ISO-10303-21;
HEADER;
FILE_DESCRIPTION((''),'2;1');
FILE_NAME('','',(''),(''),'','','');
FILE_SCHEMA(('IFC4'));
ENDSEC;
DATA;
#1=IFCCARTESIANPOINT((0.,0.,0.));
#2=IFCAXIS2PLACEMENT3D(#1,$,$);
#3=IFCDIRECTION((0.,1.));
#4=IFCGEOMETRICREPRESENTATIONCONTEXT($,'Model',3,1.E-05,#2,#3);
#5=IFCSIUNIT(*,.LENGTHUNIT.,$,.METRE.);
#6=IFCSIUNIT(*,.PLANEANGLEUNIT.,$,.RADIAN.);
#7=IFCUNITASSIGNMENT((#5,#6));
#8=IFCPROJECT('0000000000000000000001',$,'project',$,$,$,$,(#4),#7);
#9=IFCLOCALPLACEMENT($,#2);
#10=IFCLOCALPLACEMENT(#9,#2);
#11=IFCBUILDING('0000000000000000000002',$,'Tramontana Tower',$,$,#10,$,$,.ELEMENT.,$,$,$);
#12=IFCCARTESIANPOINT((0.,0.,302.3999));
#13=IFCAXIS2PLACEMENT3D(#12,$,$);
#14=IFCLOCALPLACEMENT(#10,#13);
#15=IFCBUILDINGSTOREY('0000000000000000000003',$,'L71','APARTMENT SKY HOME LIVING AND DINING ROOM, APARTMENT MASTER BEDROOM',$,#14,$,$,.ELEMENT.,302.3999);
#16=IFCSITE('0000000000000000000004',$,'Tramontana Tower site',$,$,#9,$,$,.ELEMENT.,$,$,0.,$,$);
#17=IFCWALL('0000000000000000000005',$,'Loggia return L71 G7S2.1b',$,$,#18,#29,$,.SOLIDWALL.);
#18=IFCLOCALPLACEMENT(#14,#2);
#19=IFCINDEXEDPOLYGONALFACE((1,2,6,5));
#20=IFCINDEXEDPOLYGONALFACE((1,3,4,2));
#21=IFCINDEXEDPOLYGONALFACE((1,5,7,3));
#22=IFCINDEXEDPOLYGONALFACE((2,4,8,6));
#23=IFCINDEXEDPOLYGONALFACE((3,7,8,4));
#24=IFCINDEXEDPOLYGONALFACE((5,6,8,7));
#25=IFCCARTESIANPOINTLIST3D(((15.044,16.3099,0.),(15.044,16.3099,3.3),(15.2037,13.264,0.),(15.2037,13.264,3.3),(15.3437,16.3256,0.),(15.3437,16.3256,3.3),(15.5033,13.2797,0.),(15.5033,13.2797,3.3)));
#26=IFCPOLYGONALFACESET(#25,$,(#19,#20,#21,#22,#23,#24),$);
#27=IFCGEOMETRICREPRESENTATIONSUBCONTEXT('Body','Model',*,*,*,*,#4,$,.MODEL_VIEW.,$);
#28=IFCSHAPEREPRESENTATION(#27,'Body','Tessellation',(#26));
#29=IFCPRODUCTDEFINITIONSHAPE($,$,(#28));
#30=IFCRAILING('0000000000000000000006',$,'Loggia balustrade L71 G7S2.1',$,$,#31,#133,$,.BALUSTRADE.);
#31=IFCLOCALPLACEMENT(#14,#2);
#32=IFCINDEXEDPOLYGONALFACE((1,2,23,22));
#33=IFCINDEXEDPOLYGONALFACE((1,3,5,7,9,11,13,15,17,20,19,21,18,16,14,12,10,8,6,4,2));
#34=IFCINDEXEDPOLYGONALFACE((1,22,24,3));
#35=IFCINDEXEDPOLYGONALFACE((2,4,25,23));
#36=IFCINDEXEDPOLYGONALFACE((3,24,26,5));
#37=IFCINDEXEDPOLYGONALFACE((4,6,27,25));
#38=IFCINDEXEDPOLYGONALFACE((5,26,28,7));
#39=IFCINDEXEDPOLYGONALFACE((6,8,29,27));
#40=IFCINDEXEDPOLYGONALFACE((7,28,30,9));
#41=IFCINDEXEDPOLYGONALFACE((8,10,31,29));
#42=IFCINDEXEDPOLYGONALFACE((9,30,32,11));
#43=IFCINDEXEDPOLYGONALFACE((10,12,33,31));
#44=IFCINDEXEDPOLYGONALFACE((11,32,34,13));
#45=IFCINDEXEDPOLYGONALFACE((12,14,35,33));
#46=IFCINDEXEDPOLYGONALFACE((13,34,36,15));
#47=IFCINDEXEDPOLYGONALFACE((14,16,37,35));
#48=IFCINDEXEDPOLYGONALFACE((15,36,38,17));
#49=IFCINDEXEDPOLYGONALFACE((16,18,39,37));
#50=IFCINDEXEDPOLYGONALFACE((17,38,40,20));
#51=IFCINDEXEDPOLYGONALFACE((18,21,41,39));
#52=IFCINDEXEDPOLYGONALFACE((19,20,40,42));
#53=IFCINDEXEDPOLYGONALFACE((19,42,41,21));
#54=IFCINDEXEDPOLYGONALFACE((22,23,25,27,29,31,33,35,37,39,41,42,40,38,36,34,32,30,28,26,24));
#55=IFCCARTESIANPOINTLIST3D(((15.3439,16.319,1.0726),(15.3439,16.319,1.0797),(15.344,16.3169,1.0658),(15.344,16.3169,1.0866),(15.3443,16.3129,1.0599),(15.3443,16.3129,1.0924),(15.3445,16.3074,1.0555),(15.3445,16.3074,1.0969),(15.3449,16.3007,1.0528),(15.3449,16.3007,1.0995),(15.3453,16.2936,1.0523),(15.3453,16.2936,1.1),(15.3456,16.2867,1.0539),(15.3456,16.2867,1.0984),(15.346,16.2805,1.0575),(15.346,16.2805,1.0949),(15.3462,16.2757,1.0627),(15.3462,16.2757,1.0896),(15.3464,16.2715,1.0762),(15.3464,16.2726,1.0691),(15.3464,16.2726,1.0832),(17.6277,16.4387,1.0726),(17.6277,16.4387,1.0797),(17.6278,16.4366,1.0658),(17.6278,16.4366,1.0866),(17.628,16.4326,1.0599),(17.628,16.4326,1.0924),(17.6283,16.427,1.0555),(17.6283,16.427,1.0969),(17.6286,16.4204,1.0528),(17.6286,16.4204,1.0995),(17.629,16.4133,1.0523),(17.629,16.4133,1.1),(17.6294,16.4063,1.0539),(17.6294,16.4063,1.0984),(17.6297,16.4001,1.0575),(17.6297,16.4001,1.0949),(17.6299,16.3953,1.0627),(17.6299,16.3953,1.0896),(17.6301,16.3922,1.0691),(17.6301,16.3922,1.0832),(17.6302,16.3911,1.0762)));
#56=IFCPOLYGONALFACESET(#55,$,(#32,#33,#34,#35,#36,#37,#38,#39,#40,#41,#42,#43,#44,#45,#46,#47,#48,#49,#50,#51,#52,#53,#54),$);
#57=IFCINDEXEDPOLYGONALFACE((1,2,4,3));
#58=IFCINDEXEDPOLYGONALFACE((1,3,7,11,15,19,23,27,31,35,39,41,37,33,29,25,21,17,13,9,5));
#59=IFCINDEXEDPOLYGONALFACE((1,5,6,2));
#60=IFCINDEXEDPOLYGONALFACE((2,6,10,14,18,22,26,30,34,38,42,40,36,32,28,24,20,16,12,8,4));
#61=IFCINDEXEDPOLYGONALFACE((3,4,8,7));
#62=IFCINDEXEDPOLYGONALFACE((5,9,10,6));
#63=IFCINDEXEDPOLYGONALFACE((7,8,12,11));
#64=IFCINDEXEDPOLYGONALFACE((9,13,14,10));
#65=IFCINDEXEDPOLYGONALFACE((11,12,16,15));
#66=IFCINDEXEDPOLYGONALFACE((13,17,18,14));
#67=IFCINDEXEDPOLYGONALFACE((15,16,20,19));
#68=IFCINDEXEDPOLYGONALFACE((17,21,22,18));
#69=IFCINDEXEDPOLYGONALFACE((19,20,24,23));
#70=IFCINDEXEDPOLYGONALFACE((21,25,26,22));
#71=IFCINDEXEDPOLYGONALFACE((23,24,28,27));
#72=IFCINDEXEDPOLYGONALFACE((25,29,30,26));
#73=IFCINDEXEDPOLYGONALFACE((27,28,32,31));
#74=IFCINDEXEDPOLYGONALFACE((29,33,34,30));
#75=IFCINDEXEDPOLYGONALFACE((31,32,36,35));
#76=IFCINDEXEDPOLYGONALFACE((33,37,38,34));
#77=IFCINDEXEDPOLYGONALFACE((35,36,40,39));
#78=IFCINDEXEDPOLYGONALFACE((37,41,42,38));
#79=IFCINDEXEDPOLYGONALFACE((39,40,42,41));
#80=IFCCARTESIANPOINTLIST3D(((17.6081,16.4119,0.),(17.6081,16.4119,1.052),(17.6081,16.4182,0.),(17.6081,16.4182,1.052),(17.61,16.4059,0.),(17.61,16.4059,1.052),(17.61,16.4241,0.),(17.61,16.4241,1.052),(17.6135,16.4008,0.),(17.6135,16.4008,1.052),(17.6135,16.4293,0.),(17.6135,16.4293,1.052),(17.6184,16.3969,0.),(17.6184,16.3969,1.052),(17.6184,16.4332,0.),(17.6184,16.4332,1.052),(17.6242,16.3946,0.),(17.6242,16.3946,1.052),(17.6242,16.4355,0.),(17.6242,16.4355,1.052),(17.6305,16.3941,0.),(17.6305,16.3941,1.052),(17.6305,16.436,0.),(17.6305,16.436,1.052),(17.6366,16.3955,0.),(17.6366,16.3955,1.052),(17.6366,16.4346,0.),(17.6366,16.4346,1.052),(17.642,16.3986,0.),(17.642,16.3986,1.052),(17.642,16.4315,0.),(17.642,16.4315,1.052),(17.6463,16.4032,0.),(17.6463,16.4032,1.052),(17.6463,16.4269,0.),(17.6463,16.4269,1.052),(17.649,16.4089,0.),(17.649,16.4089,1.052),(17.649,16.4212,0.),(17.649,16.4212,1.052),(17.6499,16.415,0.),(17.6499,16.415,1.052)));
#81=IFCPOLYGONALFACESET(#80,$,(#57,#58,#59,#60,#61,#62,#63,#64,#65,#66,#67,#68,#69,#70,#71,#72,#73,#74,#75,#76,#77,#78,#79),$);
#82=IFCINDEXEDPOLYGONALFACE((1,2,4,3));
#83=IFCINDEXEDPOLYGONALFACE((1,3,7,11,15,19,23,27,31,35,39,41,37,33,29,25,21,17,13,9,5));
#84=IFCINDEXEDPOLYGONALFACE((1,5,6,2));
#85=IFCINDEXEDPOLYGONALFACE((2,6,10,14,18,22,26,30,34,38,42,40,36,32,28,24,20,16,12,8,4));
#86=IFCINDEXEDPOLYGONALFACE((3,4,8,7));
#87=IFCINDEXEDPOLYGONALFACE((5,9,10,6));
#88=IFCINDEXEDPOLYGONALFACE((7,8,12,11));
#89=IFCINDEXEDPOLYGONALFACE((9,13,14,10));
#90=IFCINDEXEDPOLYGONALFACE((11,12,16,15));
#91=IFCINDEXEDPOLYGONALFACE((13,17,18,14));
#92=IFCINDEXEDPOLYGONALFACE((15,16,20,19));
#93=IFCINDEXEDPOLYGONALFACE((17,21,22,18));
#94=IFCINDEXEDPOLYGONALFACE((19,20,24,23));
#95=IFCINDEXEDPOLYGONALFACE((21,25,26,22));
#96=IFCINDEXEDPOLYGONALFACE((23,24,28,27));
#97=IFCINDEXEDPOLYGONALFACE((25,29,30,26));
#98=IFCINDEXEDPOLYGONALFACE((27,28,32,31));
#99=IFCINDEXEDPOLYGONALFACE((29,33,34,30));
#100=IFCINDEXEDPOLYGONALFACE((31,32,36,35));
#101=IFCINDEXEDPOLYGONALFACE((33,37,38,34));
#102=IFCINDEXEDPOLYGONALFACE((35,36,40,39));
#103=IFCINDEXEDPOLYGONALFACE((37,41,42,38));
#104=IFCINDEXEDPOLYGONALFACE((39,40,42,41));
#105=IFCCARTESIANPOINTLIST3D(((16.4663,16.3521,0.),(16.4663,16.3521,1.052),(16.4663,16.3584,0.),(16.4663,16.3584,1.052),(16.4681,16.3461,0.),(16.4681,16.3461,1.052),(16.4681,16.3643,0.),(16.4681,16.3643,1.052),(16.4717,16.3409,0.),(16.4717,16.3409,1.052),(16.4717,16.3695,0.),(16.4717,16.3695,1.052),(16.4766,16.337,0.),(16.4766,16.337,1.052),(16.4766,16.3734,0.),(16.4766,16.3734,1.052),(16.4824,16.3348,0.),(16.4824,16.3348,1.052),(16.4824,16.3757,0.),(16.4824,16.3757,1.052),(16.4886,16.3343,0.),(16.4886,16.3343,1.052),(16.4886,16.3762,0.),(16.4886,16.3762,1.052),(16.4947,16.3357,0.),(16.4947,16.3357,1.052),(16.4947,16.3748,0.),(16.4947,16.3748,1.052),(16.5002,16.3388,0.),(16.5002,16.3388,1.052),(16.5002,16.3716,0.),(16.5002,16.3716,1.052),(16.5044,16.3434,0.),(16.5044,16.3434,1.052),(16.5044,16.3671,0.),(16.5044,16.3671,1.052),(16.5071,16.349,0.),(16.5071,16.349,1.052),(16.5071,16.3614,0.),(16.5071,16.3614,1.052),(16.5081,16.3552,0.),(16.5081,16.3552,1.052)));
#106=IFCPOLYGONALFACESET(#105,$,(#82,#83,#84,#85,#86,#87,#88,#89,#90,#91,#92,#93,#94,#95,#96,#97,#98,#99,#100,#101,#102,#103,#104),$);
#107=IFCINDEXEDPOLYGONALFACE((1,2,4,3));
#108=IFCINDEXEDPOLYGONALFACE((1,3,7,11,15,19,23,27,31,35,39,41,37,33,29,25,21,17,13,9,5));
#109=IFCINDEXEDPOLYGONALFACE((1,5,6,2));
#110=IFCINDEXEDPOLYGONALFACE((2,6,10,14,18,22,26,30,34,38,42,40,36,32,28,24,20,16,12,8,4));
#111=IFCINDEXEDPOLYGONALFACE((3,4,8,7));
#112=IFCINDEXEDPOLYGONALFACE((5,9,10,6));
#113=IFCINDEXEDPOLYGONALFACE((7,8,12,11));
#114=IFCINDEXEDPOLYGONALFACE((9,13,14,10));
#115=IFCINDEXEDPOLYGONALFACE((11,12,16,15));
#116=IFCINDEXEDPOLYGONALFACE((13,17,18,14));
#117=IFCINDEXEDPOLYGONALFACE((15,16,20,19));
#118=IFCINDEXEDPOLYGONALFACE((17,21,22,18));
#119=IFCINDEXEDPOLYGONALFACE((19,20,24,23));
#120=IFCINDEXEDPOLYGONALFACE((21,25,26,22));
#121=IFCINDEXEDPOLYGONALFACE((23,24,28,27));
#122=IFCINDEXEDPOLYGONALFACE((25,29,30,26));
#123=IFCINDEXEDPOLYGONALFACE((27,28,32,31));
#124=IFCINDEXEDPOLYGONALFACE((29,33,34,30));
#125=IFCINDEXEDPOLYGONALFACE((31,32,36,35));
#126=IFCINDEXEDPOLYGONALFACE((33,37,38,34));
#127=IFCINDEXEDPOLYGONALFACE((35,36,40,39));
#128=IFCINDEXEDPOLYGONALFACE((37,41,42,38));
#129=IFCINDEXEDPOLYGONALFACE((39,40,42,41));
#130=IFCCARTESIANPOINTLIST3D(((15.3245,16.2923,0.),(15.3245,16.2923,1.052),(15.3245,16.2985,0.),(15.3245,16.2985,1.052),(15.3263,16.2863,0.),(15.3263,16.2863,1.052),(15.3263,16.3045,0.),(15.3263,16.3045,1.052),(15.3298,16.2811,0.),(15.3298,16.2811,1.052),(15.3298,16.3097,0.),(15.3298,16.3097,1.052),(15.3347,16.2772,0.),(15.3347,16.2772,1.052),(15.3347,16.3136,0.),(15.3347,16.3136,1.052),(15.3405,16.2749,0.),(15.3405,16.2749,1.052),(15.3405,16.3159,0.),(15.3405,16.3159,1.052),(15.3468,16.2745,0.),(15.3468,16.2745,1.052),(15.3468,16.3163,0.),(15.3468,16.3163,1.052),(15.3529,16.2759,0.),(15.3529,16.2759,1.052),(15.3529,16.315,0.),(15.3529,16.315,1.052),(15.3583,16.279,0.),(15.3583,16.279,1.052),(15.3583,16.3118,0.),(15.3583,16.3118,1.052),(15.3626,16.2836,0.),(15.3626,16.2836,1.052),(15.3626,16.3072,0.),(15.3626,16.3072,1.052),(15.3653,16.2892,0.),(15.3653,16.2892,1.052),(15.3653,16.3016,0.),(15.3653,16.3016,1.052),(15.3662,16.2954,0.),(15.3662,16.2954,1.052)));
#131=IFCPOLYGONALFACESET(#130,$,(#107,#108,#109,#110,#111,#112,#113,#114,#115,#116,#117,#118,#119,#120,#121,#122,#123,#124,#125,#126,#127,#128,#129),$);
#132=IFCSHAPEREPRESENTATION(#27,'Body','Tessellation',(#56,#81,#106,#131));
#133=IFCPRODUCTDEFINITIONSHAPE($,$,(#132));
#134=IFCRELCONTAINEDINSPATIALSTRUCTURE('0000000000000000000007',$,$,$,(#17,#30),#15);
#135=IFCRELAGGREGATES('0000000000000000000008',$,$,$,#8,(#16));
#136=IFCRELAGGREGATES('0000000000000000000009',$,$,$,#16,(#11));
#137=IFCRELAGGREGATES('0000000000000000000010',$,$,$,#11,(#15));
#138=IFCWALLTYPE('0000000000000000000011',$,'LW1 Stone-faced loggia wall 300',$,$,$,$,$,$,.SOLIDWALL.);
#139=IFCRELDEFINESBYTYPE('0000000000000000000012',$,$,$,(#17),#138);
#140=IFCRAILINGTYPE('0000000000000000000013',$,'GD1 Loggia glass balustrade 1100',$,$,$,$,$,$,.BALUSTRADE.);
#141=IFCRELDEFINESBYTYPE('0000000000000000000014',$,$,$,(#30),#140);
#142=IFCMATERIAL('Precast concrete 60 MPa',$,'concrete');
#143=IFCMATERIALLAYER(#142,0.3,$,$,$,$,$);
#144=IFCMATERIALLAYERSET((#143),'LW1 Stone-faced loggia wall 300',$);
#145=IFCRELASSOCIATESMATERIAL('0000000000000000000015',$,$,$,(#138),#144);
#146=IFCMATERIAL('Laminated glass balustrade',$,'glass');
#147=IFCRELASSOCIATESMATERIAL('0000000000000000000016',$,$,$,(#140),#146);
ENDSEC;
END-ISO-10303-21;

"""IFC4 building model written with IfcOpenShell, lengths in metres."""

from ifc_helpers import new_model, si_unit, direction, frame, frame_2d, origin, origin_2d, place, context, subcontext, project, spatial, rectangle, circle, extrude, material, layer, layer_set, type_object, element, save


model = new_model("IFC4")

# Units and contexts
model_context = context("Model", 3, precision=1e-05, world=origin(), true_north=direction((0.0, 1.0)))
body_context = subcontext(model_context, "Body", "Model", "MODEL_VIEW")
ifc_project = project(units=[si_unit("LENGTHUNIT", "METRE"), si_unit("PLANEANGLEUNIT", "RADIAN")], contexts=[model_context])

# Site, building, storey
site_placement = place(None, origin())
site = spatial("IfcSite", under=ifc_project, at=site_placement, Name="Tramontana Tower site", CompositionType="ELEMENT", RefElevation=0.0)
building_placement = place(site_placement, origin())
building = spatial("IfcBuilding", under=site, at=building_placement, Name="Tramontana Tower", CompositionType="ELEMENT")
storey_placement = place(building_placement, frame((0.0, 0.0, 302.3999)))
storey = spatial("IfcBuildingStorey", under=building, at=storey_placement, Name="L71", Description="APARTMENT SKY HOME LIVING AND DINING ROOM, APARTMENT MASTER BEDROOM", CompositionType="ELEMENT", Elevation=302.3999)

# Shared definitions
ifc_material_1 = material(Name="Precast concrete 60 MPa", Category="concrete")
ifc_layer_1 = layer(ifc_material_1, 0.3)
ifc_layer_set_1 = layer_set([ifc_layer_1], Name="LW1 Stone-faced loggia wall 300")
wall_type_1 = type_object("IfcWallType", Name="LW1 Stone-faced loggia wall 300", PredefinedType="SOLIDWALL", material=ifc_layer_set_1)

# Wall
wall_1_placement = place(storey_placement, frame((15.1938, 16.3176, 0.0), z_axis=(0.0, 0.0, 1.0), x_axis=(0.052349, -0.998629, 0.0)))
element("IfcWall", 1, at=wall_1_placement, inside=storey, type_object=wall_type_1, Name="Loggia return L71 G7S2.1b", PredefinedType="SOLIDWALL", context=body_context, shape_type="SweptSolid", body=[
    extrude(rectangle(XDim=3.05, YDim=0.3, at=frame_2d((1.5249, 0.0))), origin(), (0.0, 0.0, 1.0), 3.3),
])

# Railing
ifc_material_2 = material(Name="Laminated glass balustrade", Category="glass")
railing_type = type_object("IfcRailingType", Name="GD1 Loggia glass balustrade 1100", PredefinedType="BALUSTRADE", material=ifc_material_2)
railing_1_placement = place(storey_placement, frame((17.6289, 16.415, 0.0)))
element("IfcRailing", 2, at=railing_1_placement, inside=storey, type_object=railing_type, Name="Loggia balustrade L71 G7S2.1", PredefinedType="BALUSTRADE", context=body_context, shape_type="SweptSolid", body=[
    extrude(circle(Radius=0.0239, at=origin_2d()), frame((0.0, 0.0, 1.0762), z_axis=(-0.998631, -0.052312, 0.0), x_axis=(0.052312, -0.998631, 0.0)), (0.0, 0.0, 1.0), 2.2869),
    extrude(circle(Radius=0.021, at=origin_2d()), origin(), (0.0, 0.0, 1.0), 1.052),
    extrude(circle(Radius=0.021, at=origin_2d()), frame((-1.1418, -0.0598, 0.0)), (0.0, 0.0, 1.0), 1.052),
    extrude(circle(Radius=0.021, at=origin_2d()), frame((-2.2837, -0.1196, 0.0)), (0.0, 0.0, 1.0), 1.052),
])

save(model, "model.ifc")
